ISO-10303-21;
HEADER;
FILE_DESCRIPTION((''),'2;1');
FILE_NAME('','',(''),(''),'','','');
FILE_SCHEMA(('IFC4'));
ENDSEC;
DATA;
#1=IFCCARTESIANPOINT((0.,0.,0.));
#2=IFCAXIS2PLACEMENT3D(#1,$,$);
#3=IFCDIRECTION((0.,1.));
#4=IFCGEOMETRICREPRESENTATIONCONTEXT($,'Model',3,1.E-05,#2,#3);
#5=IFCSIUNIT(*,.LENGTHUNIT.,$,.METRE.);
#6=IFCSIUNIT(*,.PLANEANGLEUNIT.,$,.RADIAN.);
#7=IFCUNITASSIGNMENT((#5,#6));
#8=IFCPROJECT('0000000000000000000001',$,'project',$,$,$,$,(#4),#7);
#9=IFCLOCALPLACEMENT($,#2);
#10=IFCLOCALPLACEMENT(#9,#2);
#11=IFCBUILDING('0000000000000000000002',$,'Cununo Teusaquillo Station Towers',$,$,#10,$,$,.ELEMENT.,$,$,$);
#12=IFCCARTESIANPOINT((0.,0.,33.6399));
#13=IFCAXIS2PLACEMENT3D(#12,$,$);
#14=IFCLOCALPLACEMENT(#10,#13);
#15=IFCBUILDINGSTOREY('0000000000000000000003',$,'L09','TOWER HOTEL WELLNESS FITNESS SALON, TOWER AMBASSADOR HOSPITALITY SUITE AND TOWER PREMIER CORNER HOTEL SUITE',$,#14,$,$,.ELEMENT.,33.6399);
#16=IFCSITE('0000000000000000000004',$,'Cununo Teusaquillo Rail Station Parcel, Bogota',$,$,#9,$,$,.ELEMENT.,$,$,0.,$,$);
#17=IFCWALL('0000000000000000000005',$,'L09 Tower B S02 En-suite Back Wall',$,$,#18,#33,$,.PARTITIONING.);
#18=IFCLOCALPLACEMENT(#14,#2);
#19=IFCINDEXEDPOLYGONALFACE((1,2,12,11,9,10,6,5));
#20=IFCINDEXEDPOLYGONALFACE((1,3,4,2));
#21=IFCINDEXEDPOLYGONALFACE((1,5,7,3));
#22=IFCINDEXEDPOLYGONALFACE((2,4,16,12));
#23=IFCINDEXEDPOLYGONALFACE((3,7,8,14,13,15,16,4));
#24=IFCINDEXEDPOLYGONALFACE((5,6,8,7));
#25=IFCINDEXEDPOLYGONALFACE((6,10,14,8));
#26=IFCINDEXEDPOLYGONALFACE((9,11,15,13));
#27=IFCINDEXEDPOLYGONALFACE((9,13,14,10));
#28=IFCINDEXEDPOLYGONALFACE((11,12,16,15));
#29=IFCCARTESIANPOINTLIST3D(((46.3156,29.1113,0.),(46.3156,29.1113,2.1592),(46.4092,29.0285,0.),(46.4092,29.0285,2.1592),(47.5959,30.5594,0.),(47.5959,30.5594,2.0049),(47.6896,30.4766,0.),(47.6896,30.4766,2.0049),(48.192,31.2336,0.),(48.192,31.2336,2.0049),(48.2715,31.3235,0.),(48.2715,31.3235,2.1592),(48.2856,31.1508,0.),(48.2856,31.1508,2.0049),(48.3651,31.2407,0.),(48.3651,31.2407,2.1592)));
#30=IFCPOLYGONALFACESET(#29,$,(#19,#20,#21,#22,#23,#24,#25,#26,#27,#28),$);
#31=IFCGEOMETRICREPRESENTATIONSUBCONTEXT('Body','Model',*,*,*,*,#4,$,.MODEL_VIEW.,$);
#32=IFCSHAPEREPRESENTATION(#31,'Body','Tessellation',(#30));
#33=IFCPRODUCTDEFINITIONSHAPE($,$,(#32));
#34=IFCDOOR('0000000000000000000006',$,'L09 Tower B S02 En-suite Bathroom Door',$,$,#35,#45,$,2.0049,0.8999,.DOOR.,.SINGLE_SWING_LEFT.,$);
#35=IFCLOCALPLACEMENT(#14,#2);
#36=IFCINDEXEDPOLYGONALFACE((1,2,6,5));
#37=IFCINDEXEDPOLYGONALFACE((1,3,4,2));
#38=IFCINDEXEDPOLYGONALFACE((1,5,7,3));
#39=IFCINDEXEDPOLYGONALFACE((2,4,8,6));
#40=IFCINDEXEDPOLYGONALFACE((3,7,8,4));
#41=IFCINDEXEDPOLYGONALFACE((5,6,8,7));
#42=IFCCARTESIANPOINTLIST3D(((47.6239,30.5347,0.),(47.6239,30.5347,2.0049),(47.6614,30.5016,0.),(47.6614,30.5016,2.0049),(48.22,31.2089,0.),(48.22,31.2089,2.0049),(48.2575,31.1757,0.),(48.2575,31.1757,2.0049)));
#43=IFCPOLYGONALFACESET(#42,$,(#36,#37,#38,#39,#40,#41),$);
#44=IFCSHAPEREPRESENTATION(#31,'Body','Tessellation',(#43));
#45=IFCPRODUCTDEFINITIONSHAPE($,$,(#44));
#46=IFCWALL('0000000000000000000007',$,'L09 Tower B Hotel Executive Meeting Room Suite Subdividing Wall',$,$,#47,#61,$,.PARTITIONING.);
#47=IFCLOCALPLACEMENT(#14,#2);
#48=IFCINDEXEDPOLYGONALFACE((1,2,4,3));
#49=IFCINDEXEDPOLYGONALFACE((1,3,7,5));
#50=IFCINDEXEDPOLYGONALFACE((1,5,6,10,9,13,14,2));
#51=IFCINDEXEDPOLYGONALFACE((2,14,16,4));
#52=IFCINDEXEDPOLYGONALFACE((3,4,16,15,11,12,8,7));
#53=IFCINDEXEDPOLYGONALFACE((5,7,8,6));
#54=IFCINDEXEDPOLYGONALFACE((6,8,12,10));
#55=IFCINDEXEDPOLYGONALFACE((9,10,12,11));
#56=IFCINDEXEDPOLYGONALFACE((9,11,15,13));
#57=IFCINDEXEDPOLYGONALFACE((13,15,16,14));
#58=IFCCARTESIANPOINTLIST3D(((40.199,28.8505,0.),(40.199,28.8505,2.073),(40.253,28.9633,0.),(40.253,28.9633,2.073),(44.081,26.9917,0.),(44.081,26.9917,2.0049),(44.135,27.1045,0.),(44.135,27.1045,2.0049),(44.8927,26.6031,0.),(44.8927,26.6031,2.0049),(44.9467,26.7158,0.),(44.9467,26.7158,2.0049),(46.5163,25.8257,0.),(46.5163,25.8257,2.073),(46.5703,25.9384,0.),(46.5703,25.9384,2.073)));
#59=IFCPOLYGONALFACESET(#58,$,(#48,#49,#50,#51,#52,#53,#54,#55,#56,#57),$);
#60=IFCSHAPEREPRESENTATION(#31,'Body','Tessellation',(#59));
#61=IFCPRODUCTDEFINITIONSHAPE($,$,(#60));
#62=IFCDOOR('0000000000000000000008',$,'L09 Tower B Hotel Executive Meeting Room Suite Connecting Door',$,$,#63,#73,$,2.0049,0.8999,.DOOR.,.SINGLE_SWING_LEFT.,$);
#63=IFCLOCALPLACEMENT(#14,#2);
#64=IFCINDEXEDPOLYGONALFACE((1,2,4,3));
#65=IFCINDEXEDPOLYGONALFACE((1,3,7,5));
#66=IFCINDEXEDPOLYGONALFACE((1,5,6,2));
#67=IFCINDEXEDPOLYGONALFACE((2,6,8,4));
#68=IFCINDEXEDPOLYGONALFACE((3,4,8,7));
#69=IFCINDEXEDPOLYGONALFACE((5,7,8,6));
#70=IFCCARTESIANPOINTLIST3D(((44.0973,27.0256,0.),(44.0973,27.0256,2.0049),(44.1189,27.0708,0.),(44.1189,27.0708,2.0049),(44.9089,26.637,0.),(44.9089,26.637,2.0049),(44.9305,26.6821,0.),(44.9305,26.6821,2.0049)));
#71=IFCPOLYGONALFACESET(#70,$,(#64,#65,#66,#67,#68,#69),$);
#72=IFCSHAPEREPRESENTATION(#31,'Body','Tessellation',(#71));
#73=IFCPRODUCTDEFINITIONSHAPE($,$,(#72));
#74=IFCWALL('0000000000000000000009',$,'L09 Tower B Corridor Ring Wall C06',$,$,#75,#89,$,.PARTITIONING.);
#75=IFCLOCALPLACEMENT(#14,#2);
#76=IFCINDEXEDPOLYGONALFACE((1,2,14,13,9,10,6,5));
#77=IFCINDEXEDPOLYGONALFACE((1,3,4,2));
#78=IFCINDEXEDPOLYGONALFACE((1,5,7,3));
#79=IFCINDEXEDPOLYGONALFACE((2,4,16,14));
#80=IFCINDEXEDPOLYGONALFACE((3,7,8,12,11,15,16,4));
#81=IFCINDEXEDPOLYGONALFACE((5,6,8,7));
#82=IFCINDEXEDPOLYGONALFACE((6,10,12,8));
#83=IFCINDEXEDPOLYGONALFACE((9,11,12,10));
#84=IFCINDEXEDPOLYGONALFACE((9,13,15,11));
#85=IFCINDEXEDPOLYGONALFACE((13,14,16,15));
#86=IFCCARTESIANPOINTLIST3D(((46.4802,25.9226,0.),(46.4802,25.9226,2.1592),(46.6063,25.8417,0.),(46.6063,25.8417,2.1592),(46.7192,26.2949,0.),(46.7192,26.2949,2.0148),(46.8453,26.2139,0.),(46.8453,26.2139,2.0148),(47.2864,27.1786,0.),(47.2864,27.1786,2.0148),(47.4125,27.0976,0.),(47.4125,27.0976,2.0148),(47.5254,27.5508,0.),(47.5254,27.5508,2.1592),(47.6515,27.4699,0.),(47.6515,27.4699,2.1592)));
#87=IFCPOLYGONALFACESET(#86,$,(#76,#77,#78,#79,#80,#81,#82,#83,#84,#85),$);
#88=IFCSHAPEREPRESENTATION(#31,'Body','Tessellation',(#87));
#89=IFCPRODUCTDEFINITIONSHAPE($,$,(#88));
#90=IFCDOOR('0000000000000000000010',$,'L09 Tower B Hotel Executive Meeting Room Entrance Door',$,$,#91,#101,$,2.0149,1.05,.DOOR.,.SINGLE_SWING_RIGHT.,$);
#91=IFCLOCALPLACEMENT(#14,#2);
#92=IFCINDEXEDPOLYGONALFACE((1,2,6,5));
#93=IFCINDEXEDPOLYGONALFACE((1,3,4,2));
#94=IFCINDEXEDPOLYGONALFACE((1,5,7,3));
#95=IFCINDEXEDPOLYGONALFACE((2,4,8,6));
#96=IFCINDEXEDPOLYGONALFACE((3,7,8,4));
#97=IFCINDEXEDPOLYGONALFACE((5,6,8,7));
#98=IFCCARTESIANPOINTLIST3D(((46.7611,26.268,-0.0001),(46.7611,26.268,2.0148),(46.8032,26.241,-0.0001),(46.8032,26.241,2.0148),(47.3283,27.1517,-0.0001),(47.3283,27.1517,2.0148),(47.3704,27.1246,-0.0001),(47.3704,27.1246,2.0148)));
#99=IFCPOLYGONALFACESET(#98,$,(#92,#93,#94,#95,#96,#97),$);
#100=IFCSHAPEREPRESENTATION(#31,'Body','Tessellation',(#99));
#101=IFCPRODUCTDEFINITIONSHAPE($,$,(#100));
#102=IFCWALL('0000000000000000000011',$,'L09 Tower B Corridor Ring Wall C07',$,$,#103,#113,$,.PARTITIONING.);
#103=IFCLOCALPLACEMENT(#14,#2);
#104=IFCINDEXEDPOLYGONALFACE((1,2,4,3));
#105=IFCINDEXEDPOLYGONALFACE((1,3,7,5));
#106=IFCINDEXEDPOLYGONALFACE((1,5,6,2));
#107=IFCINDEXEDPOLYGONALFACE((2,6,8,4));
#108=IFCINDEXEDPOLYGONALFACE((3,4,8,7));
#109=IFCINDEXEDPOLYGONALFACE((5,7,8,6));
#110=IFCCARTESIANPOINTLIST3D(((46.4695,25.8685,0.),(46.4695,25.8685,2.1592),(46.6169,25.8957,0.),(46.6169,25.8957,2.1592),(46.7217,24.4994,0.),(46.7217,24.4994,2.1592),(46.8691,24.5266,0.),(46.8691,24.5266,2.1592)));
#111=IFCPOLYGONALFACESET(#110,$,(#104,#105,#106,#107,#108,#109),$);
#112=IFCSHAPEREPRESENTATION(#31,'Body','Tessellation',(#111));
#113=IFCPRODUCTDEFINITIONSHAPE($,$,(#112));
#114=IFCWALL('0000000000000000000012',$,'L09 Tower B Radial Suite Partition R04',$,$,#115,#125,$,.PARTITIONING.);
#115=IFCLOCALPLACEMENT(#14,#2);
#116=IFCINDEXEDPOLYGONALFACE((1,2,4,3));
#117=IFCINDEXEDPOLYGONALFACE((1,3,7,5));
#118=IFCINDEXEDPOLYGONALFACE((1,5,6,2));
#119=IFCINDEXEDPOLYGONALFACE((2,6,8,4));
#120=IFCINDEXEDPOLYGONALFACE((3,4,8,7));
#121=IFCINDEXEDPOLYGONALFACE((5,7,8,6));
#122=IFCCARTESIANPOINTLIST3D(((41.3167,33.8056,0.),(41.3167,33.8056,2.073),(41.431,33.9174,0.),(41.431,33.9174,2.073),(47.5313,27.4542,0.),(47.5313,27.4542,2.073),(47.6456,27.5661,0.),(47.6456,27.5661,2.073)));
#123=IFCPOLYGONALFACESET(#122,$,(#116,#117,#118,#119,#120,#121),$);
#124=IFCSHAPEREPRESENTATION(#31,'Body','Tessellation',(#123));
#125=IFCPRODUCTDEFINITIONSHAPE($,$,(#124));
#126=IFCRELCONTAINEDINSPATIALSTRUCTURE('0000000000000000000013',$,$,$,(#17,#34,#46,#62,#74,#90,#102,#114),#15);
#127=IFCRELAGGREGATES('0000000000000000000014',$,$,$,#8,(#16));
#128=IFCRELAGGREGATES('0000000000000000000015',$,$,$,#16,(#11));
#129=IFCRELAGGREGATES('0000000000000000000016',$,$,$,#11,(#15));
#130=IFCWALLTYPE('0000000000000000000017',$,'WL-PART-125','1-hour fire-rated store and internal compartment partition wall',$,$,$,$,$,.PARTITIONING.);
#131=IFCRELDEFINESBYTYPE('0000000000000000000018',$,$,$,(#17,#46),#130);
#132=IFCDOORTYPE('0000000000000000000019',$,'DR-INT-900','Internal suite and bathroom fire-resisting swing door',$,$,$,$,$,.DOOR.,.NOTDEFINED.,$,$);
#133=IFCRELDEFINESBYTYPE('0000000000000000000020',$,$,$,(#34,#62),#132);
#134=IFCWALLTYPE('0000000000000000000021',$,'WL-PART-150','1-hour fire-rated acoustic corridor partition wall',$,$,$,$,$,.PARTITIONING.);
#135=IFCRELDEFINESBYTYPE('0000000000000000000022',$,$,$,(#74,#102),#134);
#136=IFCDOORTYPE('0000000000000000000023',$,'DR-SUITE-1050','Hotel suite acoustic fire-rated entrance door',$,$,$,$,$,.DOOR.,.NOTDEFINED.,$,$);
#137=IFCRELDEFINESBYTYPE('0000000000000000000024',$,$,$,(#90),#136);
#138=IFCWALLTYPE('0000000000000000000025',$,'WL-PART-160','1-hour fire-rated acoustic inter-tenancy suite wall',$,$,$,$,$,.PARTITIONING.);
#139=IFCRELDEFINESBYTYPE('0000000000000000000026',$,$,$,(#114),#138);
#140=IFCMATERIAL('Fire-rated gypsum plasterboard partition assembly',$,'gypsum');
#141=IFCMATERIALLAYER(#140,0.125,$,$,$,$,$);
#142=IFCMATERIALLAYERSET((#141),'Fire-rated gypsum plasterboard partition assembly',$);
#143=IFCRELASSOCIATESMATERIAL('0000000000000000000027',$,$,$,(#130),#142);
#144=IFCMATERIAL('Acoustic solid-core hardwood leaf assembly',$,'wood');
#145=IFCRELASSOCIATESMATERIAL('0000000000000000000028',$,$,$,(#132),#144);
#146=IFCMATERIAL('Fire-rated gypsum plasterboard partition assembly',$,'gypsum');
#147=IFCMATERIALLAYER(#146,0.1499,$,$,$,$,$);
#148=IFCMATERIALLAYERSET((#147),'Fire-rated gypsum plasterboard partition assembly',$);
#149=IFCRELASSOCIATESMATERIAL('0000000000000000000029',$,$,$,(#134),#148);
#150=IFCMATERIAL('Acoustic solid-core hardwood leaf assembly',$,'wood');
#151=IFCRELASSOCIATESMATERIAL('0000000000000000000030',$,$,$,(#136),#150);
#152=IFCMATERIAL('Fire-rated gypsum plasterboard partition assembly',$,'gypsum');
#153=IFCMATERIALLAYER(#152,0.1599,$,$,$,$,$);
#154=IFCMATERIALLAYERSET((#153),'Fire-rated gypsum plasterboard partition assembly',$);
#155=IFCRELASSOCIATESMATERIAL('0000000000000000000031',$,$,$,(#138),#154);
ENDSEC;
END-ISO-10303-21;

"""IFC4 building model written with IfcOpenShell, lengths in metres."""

from ifc_helpers import new_model, si_unit, direction, frame, frame_2d, origin, place, context, subcontext, project, spatial, rectangle, extrude, source, transform, mapped, material, layer, layer_set, type_object, element, fill, save


model = new_model("IFC4")

# Units and contexts
model_context = context("Model", 3, precision=1e-05, world=origin(), true_north=direction((0.0, 1.0)))
body_context = subcontext(model_context, "Body", "Model", "MODEL_VIEW")
ifc_project = project(units=[si_unit("LENGTHUNIT", "METRE"), si_unit("PLANEANGLEUNIT", "RADIAN")], contexts=[model_context])

# Site, building, storey
site_placement = place(None, origin())
site = spatial("IfcSite", under=ifc_project, at=site_placement, Name="Cununo Teusaquillo Rail Station Parcel, Bogota", CompositionType="ELEMENT", RefElevation=0.0)
building_placement = place(site_placement, origin())
building = spatial("IfcBuilding", under=site, at=building_placement, Name="Cununo Teusaquillo Station Towers", CompositionType="ELEMENT")
storey_placement = place(building_placement, frame((0.0, 0.0, 33.6399)))
storey = spatial("IfcBuildingStorey", under=building, at=storey_placement, Name="L09", Description="TOWER HOTEL WELLNESS FITNESS SALON, TOWER AMBASSADOR HOSPITALITY SUITE AND TOWER PREMIER CORNER HOTEL SUITE", CompositionType="ELEMENT", Elevation=33.6399)

# Shared definitions
ifc_material_1 = material(Name="Fire-rated gypsum plasterboard partition assembly", Category="gypsum")
ifc_layer_1 = layer(ifc_material_1, 0.125)
ifc_layer_set_1 = layer_set([ifc_layer_1], Name="Fire-rated gypsum plasterboard partition assembly")
wall_type_1 = type_object("IfcWallType", Name="WL-PART-125", Description="1-hour fire-rated store and internal compartment partition wall", PredefinedType="PARTITIONING", material=ifc_layer_set_1)

# Walls, openings, doors
wall_1_placement = place(storey_placement, frame((48.3184, 31.2822, 0.0), z_axis=(0.0, 0.0, 1.0), x_axis=(-0.662365, -0.749181, 0.0)))
wall_1 = element("IfcWall", 1, at=wall_1_placement, inside=storey, type_object=wall_type_1, Name="L09 Tower B S02 En-suite Back Wall", PredefinedType="PARTITIONING", context=body_context, shape_type="SweptSolid", body=[
    extrude(rectangle(XDim=2.9529, YDim=0.125, at=frame_2d((1.4766, 0.0))), origin(), (0.0, 0.0, 1.0), 2.1592),
])
shared_shape_1 = source(origin(), body_context, "Body", "SweptSolid", [
    extrude(rectangle(XDim=0.8999, YDim=2.0049, at=frame_2d((0.45, 1.0024))), frame((0.0, 0.0725, 0.0), z_axis=(0.0, -1.0, 0.0), x_axis=(1.0, 0.0, 0.0)), (0.0, 0.0, 1.0), 0.145),
])
opening_1_placement = place(wall_1_placement, frame((0.1201, 0.0, 0.0)))
opening_1 = element("IfcOpeningElement", 2, at=opening_1_placement, cuts=wall_1, PredefinedType="OPENING", context=body_context, shape_type="MappedRepresentation", body=[
    mapped(shared_shape_1, transform((0.0, 0.0, 0.0), x_axis=(1.0, 0.0, 0.0), y_axis=(0.0, 1.0, 0.0), z_axis=(0.0, 0.0, 1.0), scale=1.0)),
])
ifc_material_2 = material(Name="Acoustic solid-core hardwood leaf assembly", Category="wood")
door_type_1 = type_object("IfcDoorType", Name="DR-INT-900", Description="Internal suite and bathroom fire-resisting swing door", OperationType="NOTDEFINED", PredefinedType="DOOR", material=ifc_material_2)
shared_shape_2 = source(origin(), body_context, "Body", "SweptSolid", [
    extrude(rectangle(XDim=0.8999, YDim=2.0049, at=frame_2d((0.45, 1.0024))), frame((0.0, 0.0249, 0.0), z_axis=(0.0, -1.0, 0.0), x_axis=(1.0, 0.0, 0.0)), (0.0, 0.0, 1.0), 0.05),
])
door_1_placement = place(opening_1_placement, origin())
door_1 = element("IfcDoor", 3, at=door_1_placement, inside=storey, type_object=door_type_1, Name="L09 Tower B S02 En-suite Bathroom Door", OperationType="SINGLE_SWING_LEFT", OverallHeight=2.0049, OverallWidth=0.8999, PredefinedType="DOOR", context=body_context, shape_type="MappedRepresentation", body=[
    mapped(shared_shape_2, transform((0.0, 0.0, 0.0), x_axis=(1.0, 0.0, 0.0), y_axis=(0.0, 1.0, 0.0), z_axis=(0.0, 0.0, 1.0), scale=1.0)),
])
fill(opening_1, door_1)
wall_2_placement = place(storey_placement, frame((46.5432, 25.8821, 0.0), z_axis=(0.0, 0.0, 1.0), x_axis=(-0.901937, 0.431867, 0.0)))
wall_2 = element("IfcWall", 4, at=wall_2_placement, inside=storey, type_object=wall_type_1, Name="L09 Tower B Hotel Executive Meeting Room Suite Subdividing Wall", PredefinedType="PARTITIONING", context=body_context, shape_type="SweptSolid", body=[
    extrude(rectangle(XDim=7.0042, YDim=0.125, at=frame_2d((3.502, 0.0))), origin(), (0.0, 0.0, 1.0), 2.073),
])
opening_2_placement = place(wall_2_placement, frame((1.8, 0.0, 0.0)))
opening_2 = element("IfcOpeningElement", 5, at=opening_2_placement, cuts=wall_2, PredefinedType="OPENING", context=body_context, shape_type="MappedRepresentation", body=[
    mapped(shared_shape_1, transform((0.0, 0.0, 0.0), x_axis=(1.0, 0.0, 0.0), y_axis=(0.0, 1.0, 0.0), z_axis=(0.0, 0.0, 1.0), scale=1.0)),
])
door_2_placement = place(opening_2_placement, origin())
door_2 = element("IfcDoor", 6, at=door_2_placement, inside=storey, type_object=door_type_1, Name="L09 Tower B Hotel Executive Meeting Room Suite Connecting Door", OperationType="SINGLE_SWING_LEFT", OverallHeight=2.0049, OverallWidth=0.8999, PredefinedType="DOOR", context=body_context, shape_type="MappedRepresentation", body=[
    mapped(shared_shape_2, transform((0.0, 0.0, 0.0), x_axis=(1.0, 0.0, 0.0), y_axis=(0.0, 1.0, 0.0), z_axis=(0.0, 0.0, 1.0), scale=1.0)),
])
fill(opening_2, door_2)
ifc_material_3 = material(Name="Fire-rated gypsum plasterboard partition assembly", Category="gypsum")
ifc_layer_2 = layer(ifc_material_3, 0.1499)
ifc_layer_set_2 = layer_set([ifc_layer_2], Name="Fire-rated gypsum plasterboard partition assembly")
wall_type_2 = type_object("IfcWallType", Name="WL-PART-150", Description="1-hour fire-rated acoustic corridor partition wall", PredefinedType="PARTITIONING", material=ifc_layer_set_2)
wall_3_placement = place(storey_placement, frame((47.5884, 27.5103, 0.0), z_axis=(0.0, 0.0, 1.0), x_axis=(-0.540203, -0.841535, 0.0)))
wall_3 = element("IfcWall", 7, at=wall_3_placement, inside=storey, type_object=wall_type_2, Name="L09 Tower B Corridor Ring Wall C06", PredefinedType="PARTITIONING", context=body_context, shape_type="SweptSolid", body=[
    extrude(rectangle(XDim=1.9348, YDim=0.1499, at=frame_2d((0.9673, 0.0))), origin(), (0.0, 0.0, 1.0), 2.1592),
])
shared_shape_3 = source(origin(), body_context, "Body", "SweptSolid", [
    extrude(rectangle(XDim=1.05, YDim=2.0149, at=frame_2d((0.5249, 1.0073))), frame((0.0, 0.085, 0.0), z_axis=(0.0, -1.0, 0.0), x_axis=(1.0, 0.0, 0.0)), (0.0, 0.0, 1.0), 0.1699),
])
opening_3_placement = place(wall_3_placement, frame((0.4424, 0.0, 0.0)))
opening_3 = element("IfcOpeningElement", 8, at=opening_3_placement, cuts=wall_3, PredefinedType="OPENING", context=body_context, shape_type="MappedRepresentation", body=[
    mapped(shared_shape_3, transform((0.0, 0.0, 0.0), x_axis=(1.0, 0.0, 0.0), y_axis=(0.0, 1.0, 0.0), z_axis=(0.0, 0.0, 1.0), scale=1.0)),
])
ifc_material_4 = material(Name="Acoustic solid-core hardwood leaf assembly", Category="wood")
door_type_2 = type_object("IfcDoorType", Name="DR-SUITE-1050", Description="Hotel suite acoustic fire-rated entrance door", OperationType="NOTDEFINED", PredefinedType="DOOR", material=ifc_material_4)
shared_shape_4 = source(origin(), body_context, "Body", "SweptSolid", [
    extrude(rectangle(XDim=1.05, YDim=2.0149, at=frame_2d((0.5249, 1.0073))), frame((0.0, 0.0249, 0.0), z_axis=(0.0, -1.0, 0.0), x_axis=(1.0, 0.0, 0.0)), (0.0, 0.0, 1.0), 0.05),
])
door_3_placement = place(opening_3_placement, origin())
door_3 = element("IfcDoor", 9, at=door_3_placement, inside=storey, type_object=door_type_2, Name="L09 Tower B Hotel Executive Meeting Room Entrance Door", OperationType="SINGLE_SWING_RIGHT", OverallHeight=2.0149, OverallWidth=1.05, PredefinedType="DOOR", context=body_context, shape_type="MappedRepresentation", body=[
    mapped(shared_shape_4, transform((0.0, 0.0, 0.0), x_axis=(1.0, 0.0, 0.0), y_axis=(0.0, 1.0, 0.0), z_axis=(0.0, 0.0, 1.0), scale=1.0)),
])
fill(opening_3, door_3)

# Walls
wall_4_placement = place(storey_placement, frame((46.5432, 25.8821, 0.0), z_axis=(0.0, 0.0, 1.0), x_axis=(0.181154, -0.983455, 0.0)))
element("IfcWall", 10, at=wall_4_placement, inside=storey, type_object=wall_type_2, Name="L09 Tower B Corridor Ring Wall C07", PredefinedType="PARTITIONING", context=body_context, shape_type="SweptSolid", body=[
    extrude(rectangle(XDim=1.3921, YDim=0.1499, at=frame_2d((0.696, 0.0))), origin(), (0.0, 0.0, 1.0), 2.1592),
])
ifc_material_5 = material(Name="Fire-rated gypsum plasterboard partition assembly", Category="gypsum")
ifc_layer_3 = layer(ifc_material_5, 0.1599)
ifc_layer_set_3 = layer_set([ifc_layer_3], Name="Fire-rated gypsum plasterboard partition assembly")
wall_type_3 = type_object("IfcWallType", Name="WL-PART-160", Description="1-hour fire-rated acoustic inter-tenancy suite wall", PredefinedType="PARTITIONING", material=ifc_layer_set_3)
wall_5_placement = place(storey_placement, frame((47.5884, 27.5103, 0.0), z_axis=(0.0, 0.0, 1.0), x_axis=(-0.699372, 0.714758, 0.0)))
element("IfcWall", 11, at=wall_5_placement, inside=storey, type_object=wall_type_3, Name="L09 Tower B Radial Suite Partition R04", PredefinedType="PARTITIONING", context=body_context, shape_type="SweptSolid", body=[
    extrude(rectangle(XDim=8.886, YDim=0.1599, at=frame_2d((4.4429, 0.0))), origin(), (0.0, 0.0, 1.0), 2.073),
])

save(model, "model.ifc")
